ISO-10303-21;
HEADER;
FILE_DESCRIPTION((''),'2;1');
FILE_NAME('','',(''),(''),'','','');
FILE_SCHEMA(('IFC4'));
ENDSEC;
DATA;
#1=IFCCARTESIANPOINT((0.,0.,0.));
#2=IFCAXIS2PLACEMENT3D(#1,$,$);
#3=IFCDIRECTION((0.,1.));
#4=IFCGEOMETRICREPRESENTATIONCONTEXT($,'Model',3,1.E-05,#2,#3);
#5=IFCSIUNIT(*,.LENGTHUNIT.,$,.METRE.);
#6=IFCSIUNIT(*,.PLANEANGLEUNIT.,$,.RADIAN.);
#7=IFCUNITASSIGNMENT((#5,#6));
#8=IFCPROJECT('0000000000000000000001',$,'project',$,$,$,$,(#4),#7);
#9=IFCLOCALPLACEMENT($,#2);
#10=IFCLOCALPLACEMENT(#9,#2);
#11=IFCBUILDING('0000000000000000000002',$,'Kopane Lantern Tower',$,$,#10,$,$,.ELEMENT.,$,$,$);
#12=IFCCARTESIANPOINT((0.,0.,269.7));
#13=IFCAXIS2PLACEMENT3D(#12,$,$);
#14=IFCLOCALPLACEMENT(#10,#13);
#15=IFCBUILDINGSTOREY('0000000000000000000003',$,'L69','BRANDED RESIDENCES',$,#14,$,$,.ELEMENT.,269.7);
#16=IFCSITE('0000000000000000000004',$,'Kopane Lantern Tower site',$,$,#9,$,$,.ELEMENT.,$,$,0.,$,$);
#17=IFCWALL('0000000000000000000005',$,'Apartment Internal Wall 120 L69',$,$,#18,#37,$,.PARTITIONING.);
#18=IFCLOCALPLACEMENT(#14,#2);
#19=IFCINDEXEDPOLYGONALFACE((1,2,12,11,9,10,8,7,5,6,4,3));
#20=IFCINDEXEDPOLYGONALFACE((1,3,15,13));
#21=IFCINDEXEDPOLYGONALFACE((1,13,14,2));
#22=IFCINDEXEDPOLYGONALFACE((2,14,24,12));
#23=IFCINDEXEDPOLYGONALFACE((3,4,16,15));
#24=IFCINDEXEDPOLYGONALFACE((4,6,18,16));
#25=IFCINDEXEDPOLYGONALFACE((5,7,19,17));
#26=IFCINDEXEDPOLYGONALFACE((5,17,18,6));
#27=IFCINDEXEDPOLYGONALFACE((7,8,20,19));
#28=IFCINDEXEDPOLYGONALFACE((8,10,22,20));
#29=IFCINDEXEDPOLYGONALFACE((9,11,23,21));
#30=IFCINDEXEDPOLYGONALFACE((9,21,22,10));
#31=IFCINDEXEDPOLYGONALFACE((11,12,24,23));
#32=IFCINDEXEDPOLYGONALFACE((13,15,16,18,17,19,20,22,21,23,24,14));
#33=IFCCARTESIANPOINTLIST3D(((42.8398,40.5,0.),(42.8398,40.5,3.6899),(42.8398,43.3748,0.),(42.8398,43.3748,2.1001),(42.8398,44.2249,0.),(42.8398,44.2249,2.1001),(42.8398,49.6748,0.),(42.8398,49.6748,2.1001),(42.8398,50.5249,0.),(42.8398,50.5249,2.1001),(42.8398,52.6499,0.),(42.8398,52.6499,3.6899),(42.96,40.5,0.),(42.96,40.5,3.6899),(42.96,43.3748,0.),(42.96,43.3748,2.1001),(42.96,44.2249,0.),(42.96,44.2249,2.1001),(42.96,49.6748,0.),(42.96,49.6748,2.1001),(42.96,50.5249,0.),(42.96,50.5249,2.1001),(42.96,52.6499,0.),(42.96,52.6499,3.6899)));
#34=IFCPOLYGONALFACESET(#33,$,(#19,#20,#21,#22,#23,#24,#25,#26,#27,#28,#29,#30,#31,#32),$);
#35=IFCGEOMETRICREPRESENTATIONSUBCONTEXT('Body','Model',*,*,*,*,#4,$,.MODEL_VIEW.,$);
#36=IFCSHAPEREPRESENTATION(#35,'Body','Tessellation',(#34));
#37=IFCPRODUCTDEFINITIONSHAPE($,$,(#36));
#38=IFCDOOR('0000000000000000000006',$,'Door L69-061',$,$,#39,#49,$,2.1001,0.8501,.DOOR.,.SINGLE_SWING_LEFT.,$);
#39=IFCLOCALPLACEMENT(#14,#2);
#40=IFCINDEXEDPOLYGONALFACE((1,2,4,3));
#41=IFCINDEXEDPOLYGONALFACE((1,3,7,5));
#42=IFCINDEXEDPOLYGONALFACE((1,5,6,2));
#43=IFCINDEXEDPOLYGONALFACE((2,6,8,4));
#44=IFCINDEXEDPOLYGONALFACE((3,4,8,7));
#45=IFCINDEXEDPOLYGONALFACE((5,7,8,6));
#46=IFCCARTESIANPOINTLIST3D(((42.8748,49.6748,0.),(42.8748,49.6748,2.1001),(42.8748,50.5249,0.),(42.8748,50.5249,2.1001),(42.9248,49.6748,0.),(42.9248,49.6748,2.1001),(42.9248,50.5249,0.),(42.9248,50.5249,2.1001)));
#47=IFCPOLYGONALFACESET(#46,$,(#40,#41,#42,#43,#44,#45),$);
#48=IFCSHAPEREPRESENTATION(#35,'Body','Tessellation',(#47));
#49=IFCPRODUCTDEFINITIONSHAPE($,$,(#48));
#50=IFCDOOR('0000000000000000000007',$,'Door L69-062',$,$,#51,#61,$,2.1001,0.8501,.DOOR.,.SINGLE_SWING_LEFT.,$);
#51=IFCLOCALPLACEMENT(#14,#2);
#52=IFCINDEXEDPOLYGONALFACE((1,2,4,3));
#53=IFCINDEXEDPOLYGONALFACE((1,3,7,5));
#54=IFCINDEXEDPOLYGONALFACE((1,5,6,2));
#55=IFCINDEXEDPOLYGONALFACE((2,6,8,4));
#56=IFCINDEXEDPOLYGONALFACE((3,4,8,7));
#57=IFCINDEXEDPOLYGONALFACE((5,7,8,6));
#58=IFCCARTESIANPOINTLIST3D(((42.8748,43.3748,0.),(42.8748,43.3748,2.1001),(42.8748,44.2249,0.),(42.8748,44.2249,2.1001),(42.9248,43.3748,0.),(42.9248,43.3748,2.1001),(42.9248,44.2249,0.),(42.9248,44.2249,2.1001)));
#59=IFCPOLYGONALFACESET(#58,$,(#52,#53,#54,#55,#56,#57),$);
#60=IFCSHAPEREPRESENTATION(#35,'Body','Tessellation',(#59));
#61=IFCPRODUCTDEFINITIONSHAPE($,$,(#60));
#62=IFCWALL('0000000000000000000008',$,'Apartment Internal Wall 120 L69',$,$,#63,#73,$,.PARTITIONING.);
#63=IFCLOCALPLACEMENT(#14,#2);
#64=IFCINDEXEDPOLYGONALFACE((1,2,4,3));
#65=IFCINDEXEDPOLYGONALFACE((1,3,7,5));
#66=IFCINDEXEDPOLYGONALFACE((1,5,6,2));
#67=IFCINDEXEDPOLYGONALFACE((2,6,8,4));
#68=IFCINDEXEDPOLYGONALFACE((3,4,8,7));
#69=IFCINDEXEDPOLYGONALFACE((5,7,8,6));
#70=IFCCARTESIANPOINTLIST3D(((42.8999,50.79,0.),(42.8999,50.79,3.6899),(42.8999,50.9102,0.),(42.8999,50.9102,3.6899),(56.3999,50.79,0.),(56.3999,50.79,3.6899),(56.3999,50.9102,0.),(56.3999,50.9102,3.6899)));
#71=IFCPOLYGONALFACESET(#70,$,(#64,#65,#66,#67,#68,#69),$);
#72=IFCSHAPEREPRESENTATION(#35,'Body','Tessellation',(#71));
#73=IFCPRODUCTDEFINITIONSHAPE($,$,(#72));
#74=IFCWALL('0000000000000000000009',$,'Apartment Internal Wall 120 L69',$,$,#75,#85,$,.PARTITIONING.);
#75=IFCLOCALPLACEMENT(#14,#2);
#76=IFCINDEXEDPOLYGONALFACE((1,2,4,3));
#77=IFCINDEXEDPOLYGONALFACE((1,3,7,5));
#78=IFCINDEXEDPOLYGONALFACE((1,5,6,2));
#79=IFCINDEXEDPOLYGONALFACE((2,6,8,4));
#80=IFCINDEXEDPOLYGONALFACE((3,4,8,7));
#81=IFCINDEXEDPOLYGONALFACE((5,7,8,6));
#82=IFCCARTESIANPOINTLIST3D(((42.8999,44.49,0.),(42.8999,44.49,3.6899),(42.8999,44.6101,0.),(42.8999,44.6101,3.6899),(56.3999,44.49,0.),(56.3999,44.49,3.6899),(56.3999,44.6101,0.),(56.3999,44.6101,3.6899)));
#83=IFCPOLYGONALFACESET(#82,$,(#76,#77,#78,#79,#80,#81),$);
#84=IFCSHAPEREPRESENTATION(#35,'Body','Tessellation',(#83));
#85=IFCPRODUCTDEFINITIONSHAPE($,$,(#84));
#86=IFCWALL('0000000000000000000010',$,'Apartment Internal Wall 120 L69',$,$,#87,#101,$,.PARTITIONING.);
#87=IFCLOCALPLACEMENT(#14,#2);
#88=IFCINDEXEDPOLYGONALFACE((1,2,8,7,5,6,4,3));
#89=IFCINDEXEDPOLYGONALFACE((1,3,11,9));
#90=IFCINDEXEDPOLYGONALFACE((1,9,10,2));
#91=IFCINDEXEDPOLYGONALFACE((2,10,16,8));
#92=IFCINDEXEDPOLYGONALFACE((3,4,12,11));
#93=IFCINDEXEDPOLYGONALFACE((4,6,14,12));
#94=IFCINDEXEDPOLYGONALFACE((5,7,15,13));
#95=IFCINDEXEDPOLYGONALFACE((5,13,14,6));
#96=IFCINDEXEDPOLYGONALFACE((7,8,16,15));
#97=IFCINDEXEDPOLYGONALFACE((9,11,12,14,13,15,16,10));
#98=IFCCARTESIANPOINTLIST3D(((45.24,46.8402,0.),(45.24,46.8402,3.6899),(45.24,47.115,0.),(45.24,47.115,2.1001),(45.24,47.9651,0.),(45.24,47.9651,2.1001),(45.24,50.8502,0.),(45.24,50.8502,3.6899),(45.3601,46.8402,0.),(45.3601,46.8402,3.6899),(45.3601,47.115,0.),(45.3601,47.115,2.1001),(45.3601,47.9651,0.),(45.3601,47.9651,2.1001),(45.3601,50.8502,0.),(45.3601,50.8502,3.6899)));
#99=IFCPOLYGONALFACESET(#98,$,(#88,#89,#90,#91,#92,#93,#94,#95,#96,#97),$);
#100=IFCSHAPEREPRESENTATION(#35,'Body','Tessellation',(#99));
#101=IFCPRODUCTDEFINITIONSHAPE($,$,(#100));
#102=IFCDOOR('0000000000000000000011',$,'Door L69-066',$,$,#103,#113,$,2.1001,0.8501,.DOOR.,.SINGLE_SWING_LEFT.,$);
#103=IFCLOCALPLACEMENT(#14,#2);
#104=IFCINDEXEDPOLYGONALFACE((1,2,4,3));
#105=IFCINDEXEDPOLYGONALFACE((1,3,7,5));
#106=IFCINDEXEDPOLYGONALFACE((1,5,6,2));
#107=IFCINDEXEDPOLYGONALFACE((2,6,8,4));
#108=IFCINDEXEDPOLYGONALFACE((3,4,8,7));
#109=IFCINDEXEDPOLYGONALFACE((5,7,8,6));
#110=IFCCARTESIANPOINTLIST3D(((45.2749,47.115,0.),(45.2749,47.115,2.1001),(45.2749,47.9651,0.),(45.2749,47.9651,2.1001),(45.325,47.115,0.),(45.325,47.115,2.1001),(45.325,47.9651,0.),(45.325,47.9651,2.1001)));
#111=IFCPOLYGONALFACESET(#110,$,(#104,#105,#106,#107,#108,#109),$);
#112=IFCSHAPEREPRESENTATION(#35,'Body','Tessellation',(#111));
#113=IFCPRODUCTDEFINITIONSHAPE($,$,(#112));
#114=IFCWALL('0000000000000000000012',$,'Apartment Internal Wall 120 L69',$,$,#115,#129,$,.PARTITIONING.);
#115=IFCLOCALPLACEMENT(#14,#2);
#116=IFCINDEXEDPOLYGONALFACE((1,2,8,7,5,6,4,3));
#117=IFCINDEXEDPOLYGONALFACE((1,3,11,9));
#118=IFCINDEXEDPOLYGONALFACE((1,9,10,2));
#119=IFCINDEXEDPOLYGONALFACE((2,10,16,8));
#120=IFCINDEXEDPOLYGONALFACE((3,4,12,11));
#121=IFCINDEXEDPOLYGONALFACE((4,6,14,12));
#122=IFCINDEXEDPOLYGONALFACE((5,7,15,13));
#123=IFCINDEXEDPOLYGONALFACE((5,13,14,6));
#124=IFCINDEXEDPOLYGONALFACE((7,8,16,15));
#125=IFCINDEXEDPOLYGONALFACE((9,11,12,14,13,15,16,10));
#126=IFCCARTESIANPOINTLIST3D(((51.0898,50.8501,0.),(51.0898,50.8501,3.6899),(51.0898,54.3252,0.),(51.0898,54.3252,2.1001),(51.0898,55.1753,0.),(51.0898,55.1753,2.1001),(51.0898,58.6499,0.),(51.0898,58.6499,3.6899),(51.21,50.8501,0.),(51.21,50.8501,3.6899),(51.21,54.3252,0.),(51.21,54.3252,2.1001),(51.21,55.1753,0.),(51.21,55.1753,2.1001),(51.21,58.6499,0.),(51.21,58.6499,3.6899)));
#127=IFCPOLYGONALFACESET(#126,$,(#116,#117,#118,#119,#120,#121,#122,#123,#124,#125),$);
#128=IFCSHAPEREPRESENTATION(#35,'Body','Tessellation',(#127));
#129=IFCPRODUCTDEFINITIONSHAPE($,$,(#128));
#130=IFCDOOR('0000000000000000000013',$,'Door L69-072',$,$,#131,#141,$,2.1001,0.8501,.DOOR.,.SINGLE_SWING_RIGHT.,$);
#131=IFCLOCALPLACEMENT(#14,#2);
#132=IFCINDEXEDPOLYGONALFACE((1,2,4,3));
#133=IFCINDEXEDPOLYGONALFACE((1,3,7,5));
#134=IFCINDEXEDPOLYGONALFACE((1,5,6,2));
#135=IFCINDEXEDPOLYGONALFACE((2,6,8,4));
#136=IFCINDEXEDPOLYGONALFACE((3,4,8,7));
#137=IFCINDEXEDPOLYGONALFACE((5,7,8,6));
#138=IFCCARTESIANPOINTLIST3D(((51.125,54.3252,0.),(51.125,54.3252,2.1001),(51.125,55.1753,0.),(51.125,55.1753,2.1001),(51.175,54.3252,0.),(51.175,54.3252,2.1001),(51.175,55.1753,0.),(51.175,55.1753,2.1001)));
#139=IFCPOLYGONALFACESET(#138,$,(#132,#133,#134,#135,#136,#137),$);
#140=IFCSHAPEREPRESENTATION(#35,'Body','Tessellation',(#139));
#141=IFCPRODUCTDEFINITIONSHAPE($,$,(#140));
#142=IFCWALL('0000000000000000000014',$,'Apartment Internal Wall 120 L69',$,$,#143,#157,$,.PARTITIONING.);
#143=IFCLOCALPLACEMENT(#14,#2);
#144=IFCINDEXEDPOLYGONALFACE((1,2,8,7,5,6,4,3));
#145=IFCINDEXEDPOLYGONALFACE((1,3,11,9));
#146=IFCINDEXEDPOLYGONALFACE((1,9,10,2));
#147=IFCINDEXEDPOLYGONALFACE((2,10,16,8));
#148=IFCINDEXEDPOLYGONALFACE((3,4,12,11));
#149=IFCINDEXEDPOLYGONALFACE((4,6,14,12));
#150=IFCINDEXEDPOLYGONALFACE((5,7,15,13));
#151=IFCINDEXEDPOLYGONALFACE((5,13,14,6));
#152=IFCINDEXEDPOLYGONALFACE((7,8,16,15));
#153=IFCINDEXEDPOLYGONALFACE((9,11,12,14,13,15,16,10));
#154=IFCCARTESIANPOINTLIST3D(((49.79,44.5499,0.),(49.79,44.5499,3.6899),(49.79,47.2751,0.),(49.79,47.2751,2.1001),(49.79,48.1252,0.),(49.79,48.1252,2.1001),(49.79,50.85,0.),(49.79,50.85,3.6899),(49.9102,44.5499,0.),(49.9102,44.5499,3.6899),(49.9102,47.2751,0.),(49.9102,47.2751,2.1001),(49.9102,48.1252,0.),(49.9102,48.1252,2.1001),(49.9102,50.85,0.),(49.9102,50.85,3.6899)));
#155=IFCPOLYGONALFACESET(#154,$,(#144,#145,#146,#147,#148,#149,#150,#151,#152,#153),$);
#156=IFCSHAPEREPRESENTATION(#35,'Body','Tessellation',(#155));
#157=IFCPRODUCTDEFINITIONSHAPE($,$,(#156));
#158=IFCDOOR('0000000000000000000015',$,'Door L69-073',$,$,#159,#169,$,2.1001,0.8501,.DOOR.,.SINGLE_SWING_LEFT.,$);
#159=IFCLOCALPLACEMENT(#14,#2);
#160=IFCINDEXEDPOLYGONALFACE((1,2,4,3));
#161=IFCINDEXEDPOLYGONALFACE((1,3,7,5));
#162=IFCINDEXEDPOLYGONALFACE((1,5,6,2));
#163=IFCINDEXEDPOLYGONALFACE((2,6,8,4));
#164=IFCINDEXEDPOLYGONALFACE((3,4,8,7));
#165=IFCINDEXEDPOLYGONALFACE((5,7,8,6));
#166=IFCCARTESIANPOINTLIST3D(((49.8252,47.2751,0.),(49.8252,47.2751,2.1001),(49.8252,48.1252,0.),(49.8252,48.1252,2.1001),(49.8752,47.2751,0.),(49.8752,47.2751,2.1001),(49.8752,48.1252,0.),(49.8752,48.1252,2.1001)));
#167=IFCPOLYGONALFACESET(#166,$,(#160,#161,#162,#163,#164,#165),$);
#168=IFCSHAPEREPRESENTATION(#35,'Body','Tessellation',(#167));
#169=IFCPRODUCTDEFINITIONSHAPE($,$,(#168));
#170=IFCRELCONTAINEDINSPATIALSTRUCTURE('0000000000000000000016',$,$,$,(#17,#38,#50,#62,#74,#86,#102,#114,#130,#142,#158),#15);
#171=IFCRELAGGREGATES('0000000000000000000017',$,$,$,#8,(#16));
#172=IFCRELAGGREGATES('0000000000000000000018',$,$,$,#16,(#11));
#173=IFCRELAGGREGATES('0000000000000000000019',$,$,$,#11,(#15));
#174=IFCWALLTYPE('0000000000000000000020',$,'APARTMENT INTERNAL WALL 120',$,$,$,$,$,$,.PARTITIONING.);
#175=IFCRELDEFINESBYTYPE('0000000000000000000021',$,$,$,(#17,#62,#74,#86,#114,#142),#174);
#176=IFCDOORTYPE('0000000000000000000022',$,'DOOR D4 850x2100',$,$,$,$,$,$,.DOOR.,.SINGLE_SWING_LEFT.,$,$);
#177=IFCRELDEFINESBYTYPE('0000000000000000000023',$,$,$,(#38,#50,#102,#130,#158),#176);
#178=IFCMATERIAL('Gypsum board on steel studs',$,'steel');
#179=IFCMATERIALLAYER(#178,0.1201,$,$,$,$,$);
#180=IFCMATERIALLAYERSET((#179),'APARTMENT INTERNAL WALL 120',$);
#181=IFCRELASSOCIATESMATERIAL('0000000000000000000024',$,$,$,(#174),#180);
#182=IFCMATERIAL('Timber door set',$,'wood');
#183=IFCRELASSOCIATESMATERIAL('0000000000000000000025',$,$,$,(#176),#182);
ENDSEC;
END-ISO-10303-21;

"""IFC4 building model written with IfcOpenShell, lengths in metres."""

from ifc_helpers import new_model, si_unit, direction, frame, frame_2d, origin, place, context, subcontext, project, spatial, rectangle, extrude, material, layer, layer_set, type_object, element, fill, save


model = new_model("IFC4")

# Units and contexts
model_context = context("Model", 3, precision=1e-05, world=origin(), true_north=direction((0.0, 1.0)))
body_context = subcontext(model_context, "Body", "Model", "MODEL_VIEW")
ifc_project = project(units=[si_unit("LENGTHUNIT", "METRE"), si_unit("PLANEANGLEUNIT", "RADIAN")], contexts=[model_context])

# Site, building, storey
site_placement = place(None, origin())
site = spatial("IfcSite", under=ifc_project, at=site_placement, Name="Kopane Lantern Tower site", CompositionType="ELEMENT", RefElevation=0.0)
building_placement = place(site_placement, origin())
building = spatial("IfcBuilding", under=site, at=building_placement, Name="Kopane Lantern Tower", CompositionType="ELEMENT")
storey_placement = place(building_placement, frame((0.0, 0.0, 269.7)))
storey = spatial("IfcBuildingStorey", under=building, at=storey_placement, Name="L69", Description="BRANDED RESIDENCES", CompositionType="ELEMENT", Elevation=269.7)

# Wall, openings, doors
ifc_material_1 = material(Name="Gypsum board on steel studs", Category="steel")
ifc_layer_1 = layer(ifc_material_1, 0.1201)
ifc_layer_set_1 = layer_set([ifc_layer_1], Name="APARTMENT INTERNAL WALL 120")
wall_type_1 = type_object("IfcWallType", Name="APARTMENT INTERNAL WALL 120", PredefinedType="PARTITIONING", material=ifc_layer_set_1)
wall_1_placement = place(storey_placement, frame((42.8999, 52.6499, 0.0), z_axis=(0.0, 0.0, 1.0), x_axis=(0.0, -1.0, 0.0)))
wall_1 = element("IfcWall", 1, at=wall_1_placement, inside=storey, type_object=wall_type_1, Name="Apartment Internal Wall 120 L69", PredefinedType="PARTITIONING", context=body_context, shape_type="SweptSolid", body=[
    extrude(rectangle(XDim=12.1499, YDim=0.1201, at=frame_2d((6.075, 0.0))), origin(), (0.0, 0.0, 1.0), 3.6899),
])
opening_1_placement = place(wall_1_placement, frame((2.125, 0.0, 0.0)))
opening_1 = element("IfcOpeningElement", 2, at=opening_1_placement, cuts=wall_1, PredefinedType="OPENING", context=body_context, shape_type="SweptSolid", body=[
    extrude(rectangle(XDim=0.8501, YDim=2.1001, at=frame_2d((0.425, 1.05))), frame((0.0, 0.0701, 0.0), z_axis=(0.0, -1.0, 0.0), x_axis=(1.0, 0.0, 0.0)), (0.0, 0.0, 1.0), 0.1401),
])
opening_2_placement = place(wall_1_placement, frame((8.425, 0.0, 0.0)))
opening_2 = element("IfcOpeningElement", 3, at=opening_2_placement, cuts=wall_1, PredefinedType="OPENING", context=body_context, shape_type="SweptSolid", body=[
    extrude(rectangle(XDim=0.8501, YDim=2.1001, at=frame_2d((0.425, 1.05))), frame((0.0, 0.0701, 0.0), z_axis=(0.0, -1.0, 0.0), x_axis=(1.0, 0.0, 0.0)), (0.0, 0.0, 1.0), 0.1401),
])
ifc_material_2 = material(Name="Timber door set", Category="wood")
door_type_1 = type_object("IfcDoorType", Name="DOOR D4 850x2100", OperationType="SINGLE_SWING_LEFT", PredefinedType="DOOR", material=ifc_material_2)
door_1_placement = place(opening_1_placement, origin())
door_1 = element("IfcDoor", 4, at=door_1_placement, inside=storey, type_object=door_type_1, Name="Door L69-061", OperationType="SINGLE_SWING_LEFT", OverallHeight=2.1001, OverallWidth=0.8501, PredefinedType="DOOR", context=body_context, shape_type="SweptSolid", body=[
    extrude(rectangle(XDim=0.8501, YDim=2.1001, at=frame_2d((0.425, 1.05))), frame((0.0, 0.0249, 0.0), z_axis=(0.0, -1.0, 0.0), x_axis=(1.0, 0.0, 0.0)), (0.0, 0.0, 1.0), 0.05),
])
fill(opening_1, door_1)
door_2_placement = place(opening_2_placement, origin())
door_2 = element("IfcDoor", 5, at=door_2_placement, inside=storey, type_object=door_type_1, Name="Door L69-062", OperationType="SINGLE_SWING_LEFT", OverallHeight=2.1001, OverallWidth=0.8501, PredefinedType="DOOR", context=body_context, shape_type="SweptSolid", body=[
    extrude(rectangle(XDim=0.8501, YDim=2.1001, at=frame_2d((0.425, 1.05))), frame((0.0, 0.0249, 0.0), z_axis=(0.0, -1.0, 0.0), x_axis=(1.0, 0.0, 0.0)), (0.0, 0.0, 1.0), 0.05),
])
fill(opening_2, door_2)

# Walls
for number, where, z_axis, x_axis, name in (
    (6, (42.8999, 50.8501, 0.0), (0.0, 0.0, 1.0), (1.0, 0.0, 0.0), "Apartment Internal Wall 120 L69"),
    (7, (42.8999, 44.55, 0.0), (0.0, 0.0, 1.0), (1.0, 0.0, 0.0), "Apartment Internal Wall 120 L69"),
):
    element("IfcWall", number, at=place(storey_placement, frame(where, z_axis=z_axis, x_axis=x_axis)), inside=storey, type_object=wall_type_1, Name=name, PredefinedType="PARTITIONING", context=body_context, shape_type="SweptSolid", body=[
        extrude(rectangle(XDim=13.5, YDim=0.1201, at=frame_2d((6.75, 0.0))), origin(), (0.0, 0.0, 1.0), 3.6899),
    ])

# Walls, openings, doors
wall_2_placement = place(storey_placement, frame((45.3, 50.8501, 0.0), z_axis=(0.0, 0.0, 1.0), x_axis=(0.0, -1.0, 0.0)))
wall_2 = element("IfcWall", 8, at=wall_2_placement, inside=storey, type_object=wall_type_1, Name="Apartment Internal Wall 120 L69", PredefinedType="PARTITIONING", context=body_context, shape_type="SweptSolid", body=[
    extrude(rectangle(XDim=4.01, YDim=0.1201, at=frame_2d((2.0049, 0.0))), origin(), (0.0, 0.0, 1.0), 3.6899),
])
opening_3_placement = place(wall_2_placement, frame((2.885, 0.0, 0.0)))
opening_3 = element("IfcOpeningElement", 9, at=opening_3_placement, cuts=wall_2, PredefinedType="OPENING", context=body_context, shape_type="SweptSolid", body=[
    extrude(rectangle(XDim=0.8501, YDim=2.1001, at=frame_2d((0.425, 1.05))), frame((0.0, 0.0701, 0.0), z_axis=(0.0, -1.0, 0.0), x_axis=(1.0, 0.0, 0.0)), (0.0, 0.0, 1.0), 0.1401),
])
door_3_placement = place(opening_3_placement, origin())
door_3 = element("IfcDoor", 10, at=door_3_placement, inside=storey, type_object=door_type_1, Name="Door L69-066", OperationType="SINGLE_SWING_LEFT", OverallHeight=2.1001, OverallWidth=0.8501, PredefinedType="DOOR", context=body_context, shape_type="SweptSolid", body=[
    extrude(rectangle(XDim=0.8501, YDim=2.1001, at=frame_2d((0.425, 1.05))), frame((0.0, 0.0249, 0.0), z_axis=(0.0, -1.0, 0.0), x_axis=(1.0, 0.0, 0.0)), (0.0, 0.0, 1.0), 0.05),
])
fill(opening_3, door_3)
wall_3_placement = place(storey_placement, frame((51.1499, 50.8501, 0.0), z_axis=(0.0, 0.0, 1.0), x_axis=(0.0, 1.0, 0.0)))
wall_3 = element("IfcWall", 11, at=wall_3_placement, inside=storey, type_object=wall_type_1, Name="Apartment Internal Wall 120 L69", PredefinedType="PARTITIONING", context=body_context, shape_type="SweptSolid", body=[
    extrude(rectangle(XDim=7.7998, YDim=0.1201, at=frame_2d((3.8999, 0.0))), origin(), (0.0, 0.0, 1.0), 3.6899),
])
opening_4_placement = place(wall_3_placement, frame((3.4751, 0.0, 0.0)))
opening_4 = element("IfcOpeningElement", 12, at=opening_4_placement, cuts=wall_3, PredefinedType="OPENING", context=body_context, shape_type="SweptSolid", body=[
    extrude(rectangle(XDim=0.8501, YDim=2.1001, at=frame_2d((0.425, 1.05))), frame((0.0, 0.0701, 0.0), z_axis=(0.0, -1.0, 0.0), x_axis=(1.0, 0.0, 0.0)), (0.0, 0.0, 1.0), 0.1401),
])
door_4_placement = place(opening_4_placement, origin())
door_4 = element("IfcDoor", 13, at=door_4_placement, inside=storey, type_object=door_type_1, Name="Door L69-072", OperationType="SINGLE_SWING_RIGHT", OverallHeight=2.1001, OverallWidth=0.8501, PredefinedType="DOOR", context=body_context, shape_type="SweptSolid", body=[
    extrude(rectangle(XDim=0.8501, YDim=2.1001, at=frame_2d((0.425, 1.05))), frame((0.0, 0.0249, 0.0), z_axis=(0.0, -1.0, 0.0), x_axis=(1.0, 0.0, 0.0)), (0.0, 0.0, 1.0), 0.05),
])
fill(opening_4, door_4)
wall_4_placement = place(storey_placement, frame((49.8501, 44.55, 0.0), z_axis=(0.0, 0.0, 1.0), x_axis=(0.0, 1.0, 0.0)))
wall_4 = element("IfcWall", 14, at=wall_4_placement, inside=storey, type_object=wall_type_1, Name="Apartment Internal Wall 120 L69", PredefinedType="PARTITIONING", context=body_context, shape_type="SweptSolid", body=[
    extrude(rectangle(XDim=6.3, YDim=0.1201, at=frame_2d((3.1499, 0.0))), origin(), (0.0, 0.0, 1.0), 3.6899),
])
opening_5_placement = place(wall_4_placement, frame((2.7251, 0.0, 0.0)))
opening_5 = element("IfcOpeningElement", 15, at=opening_5_placement, cuts=wall_4, PredefinedType="OPENING", context=body_context, shape_type="SweptSolid", body=[
    extrude(rectangle(XDim=0.8501, YDim=2.1001, at=frame_2d((0.425, 1.05))), frame((0.0, 0.0701, 0.0), z_axis=(0.0, -1.0, 0.0), x_axis=(1.0, 0.0, 0.0)), (0.0, 0.0, 1.0), 0.1401),
])
door_5_placement = place(opening_5_placement, origin())
door_5 = element("IfcDoor", 16, at=door_5_placement, inside=storey, type_object=door_type_1, Name="Door L69-073", OperationType="SINGLE_SWING_LEFT", OverallHeight=2.1001, OverallWidth=0.8501, PredefinedType="DOOR", context=body_context, shape_type="SweptSolid", body=[
    extrude(rectangle(XDim=0.8501, YDim=2.1001, at=frame_2d((0.425, 1.05))), frame((0.0, 0.0249, 0.0), z_axis=(0.0, -1.0, 0.0), x_axis=(1.0, 0.0, 0.0)), (0.0, 0.0, 1.0), 0.05),
])
fill(opening_5, door_5)

save(model, "model.ifc")
